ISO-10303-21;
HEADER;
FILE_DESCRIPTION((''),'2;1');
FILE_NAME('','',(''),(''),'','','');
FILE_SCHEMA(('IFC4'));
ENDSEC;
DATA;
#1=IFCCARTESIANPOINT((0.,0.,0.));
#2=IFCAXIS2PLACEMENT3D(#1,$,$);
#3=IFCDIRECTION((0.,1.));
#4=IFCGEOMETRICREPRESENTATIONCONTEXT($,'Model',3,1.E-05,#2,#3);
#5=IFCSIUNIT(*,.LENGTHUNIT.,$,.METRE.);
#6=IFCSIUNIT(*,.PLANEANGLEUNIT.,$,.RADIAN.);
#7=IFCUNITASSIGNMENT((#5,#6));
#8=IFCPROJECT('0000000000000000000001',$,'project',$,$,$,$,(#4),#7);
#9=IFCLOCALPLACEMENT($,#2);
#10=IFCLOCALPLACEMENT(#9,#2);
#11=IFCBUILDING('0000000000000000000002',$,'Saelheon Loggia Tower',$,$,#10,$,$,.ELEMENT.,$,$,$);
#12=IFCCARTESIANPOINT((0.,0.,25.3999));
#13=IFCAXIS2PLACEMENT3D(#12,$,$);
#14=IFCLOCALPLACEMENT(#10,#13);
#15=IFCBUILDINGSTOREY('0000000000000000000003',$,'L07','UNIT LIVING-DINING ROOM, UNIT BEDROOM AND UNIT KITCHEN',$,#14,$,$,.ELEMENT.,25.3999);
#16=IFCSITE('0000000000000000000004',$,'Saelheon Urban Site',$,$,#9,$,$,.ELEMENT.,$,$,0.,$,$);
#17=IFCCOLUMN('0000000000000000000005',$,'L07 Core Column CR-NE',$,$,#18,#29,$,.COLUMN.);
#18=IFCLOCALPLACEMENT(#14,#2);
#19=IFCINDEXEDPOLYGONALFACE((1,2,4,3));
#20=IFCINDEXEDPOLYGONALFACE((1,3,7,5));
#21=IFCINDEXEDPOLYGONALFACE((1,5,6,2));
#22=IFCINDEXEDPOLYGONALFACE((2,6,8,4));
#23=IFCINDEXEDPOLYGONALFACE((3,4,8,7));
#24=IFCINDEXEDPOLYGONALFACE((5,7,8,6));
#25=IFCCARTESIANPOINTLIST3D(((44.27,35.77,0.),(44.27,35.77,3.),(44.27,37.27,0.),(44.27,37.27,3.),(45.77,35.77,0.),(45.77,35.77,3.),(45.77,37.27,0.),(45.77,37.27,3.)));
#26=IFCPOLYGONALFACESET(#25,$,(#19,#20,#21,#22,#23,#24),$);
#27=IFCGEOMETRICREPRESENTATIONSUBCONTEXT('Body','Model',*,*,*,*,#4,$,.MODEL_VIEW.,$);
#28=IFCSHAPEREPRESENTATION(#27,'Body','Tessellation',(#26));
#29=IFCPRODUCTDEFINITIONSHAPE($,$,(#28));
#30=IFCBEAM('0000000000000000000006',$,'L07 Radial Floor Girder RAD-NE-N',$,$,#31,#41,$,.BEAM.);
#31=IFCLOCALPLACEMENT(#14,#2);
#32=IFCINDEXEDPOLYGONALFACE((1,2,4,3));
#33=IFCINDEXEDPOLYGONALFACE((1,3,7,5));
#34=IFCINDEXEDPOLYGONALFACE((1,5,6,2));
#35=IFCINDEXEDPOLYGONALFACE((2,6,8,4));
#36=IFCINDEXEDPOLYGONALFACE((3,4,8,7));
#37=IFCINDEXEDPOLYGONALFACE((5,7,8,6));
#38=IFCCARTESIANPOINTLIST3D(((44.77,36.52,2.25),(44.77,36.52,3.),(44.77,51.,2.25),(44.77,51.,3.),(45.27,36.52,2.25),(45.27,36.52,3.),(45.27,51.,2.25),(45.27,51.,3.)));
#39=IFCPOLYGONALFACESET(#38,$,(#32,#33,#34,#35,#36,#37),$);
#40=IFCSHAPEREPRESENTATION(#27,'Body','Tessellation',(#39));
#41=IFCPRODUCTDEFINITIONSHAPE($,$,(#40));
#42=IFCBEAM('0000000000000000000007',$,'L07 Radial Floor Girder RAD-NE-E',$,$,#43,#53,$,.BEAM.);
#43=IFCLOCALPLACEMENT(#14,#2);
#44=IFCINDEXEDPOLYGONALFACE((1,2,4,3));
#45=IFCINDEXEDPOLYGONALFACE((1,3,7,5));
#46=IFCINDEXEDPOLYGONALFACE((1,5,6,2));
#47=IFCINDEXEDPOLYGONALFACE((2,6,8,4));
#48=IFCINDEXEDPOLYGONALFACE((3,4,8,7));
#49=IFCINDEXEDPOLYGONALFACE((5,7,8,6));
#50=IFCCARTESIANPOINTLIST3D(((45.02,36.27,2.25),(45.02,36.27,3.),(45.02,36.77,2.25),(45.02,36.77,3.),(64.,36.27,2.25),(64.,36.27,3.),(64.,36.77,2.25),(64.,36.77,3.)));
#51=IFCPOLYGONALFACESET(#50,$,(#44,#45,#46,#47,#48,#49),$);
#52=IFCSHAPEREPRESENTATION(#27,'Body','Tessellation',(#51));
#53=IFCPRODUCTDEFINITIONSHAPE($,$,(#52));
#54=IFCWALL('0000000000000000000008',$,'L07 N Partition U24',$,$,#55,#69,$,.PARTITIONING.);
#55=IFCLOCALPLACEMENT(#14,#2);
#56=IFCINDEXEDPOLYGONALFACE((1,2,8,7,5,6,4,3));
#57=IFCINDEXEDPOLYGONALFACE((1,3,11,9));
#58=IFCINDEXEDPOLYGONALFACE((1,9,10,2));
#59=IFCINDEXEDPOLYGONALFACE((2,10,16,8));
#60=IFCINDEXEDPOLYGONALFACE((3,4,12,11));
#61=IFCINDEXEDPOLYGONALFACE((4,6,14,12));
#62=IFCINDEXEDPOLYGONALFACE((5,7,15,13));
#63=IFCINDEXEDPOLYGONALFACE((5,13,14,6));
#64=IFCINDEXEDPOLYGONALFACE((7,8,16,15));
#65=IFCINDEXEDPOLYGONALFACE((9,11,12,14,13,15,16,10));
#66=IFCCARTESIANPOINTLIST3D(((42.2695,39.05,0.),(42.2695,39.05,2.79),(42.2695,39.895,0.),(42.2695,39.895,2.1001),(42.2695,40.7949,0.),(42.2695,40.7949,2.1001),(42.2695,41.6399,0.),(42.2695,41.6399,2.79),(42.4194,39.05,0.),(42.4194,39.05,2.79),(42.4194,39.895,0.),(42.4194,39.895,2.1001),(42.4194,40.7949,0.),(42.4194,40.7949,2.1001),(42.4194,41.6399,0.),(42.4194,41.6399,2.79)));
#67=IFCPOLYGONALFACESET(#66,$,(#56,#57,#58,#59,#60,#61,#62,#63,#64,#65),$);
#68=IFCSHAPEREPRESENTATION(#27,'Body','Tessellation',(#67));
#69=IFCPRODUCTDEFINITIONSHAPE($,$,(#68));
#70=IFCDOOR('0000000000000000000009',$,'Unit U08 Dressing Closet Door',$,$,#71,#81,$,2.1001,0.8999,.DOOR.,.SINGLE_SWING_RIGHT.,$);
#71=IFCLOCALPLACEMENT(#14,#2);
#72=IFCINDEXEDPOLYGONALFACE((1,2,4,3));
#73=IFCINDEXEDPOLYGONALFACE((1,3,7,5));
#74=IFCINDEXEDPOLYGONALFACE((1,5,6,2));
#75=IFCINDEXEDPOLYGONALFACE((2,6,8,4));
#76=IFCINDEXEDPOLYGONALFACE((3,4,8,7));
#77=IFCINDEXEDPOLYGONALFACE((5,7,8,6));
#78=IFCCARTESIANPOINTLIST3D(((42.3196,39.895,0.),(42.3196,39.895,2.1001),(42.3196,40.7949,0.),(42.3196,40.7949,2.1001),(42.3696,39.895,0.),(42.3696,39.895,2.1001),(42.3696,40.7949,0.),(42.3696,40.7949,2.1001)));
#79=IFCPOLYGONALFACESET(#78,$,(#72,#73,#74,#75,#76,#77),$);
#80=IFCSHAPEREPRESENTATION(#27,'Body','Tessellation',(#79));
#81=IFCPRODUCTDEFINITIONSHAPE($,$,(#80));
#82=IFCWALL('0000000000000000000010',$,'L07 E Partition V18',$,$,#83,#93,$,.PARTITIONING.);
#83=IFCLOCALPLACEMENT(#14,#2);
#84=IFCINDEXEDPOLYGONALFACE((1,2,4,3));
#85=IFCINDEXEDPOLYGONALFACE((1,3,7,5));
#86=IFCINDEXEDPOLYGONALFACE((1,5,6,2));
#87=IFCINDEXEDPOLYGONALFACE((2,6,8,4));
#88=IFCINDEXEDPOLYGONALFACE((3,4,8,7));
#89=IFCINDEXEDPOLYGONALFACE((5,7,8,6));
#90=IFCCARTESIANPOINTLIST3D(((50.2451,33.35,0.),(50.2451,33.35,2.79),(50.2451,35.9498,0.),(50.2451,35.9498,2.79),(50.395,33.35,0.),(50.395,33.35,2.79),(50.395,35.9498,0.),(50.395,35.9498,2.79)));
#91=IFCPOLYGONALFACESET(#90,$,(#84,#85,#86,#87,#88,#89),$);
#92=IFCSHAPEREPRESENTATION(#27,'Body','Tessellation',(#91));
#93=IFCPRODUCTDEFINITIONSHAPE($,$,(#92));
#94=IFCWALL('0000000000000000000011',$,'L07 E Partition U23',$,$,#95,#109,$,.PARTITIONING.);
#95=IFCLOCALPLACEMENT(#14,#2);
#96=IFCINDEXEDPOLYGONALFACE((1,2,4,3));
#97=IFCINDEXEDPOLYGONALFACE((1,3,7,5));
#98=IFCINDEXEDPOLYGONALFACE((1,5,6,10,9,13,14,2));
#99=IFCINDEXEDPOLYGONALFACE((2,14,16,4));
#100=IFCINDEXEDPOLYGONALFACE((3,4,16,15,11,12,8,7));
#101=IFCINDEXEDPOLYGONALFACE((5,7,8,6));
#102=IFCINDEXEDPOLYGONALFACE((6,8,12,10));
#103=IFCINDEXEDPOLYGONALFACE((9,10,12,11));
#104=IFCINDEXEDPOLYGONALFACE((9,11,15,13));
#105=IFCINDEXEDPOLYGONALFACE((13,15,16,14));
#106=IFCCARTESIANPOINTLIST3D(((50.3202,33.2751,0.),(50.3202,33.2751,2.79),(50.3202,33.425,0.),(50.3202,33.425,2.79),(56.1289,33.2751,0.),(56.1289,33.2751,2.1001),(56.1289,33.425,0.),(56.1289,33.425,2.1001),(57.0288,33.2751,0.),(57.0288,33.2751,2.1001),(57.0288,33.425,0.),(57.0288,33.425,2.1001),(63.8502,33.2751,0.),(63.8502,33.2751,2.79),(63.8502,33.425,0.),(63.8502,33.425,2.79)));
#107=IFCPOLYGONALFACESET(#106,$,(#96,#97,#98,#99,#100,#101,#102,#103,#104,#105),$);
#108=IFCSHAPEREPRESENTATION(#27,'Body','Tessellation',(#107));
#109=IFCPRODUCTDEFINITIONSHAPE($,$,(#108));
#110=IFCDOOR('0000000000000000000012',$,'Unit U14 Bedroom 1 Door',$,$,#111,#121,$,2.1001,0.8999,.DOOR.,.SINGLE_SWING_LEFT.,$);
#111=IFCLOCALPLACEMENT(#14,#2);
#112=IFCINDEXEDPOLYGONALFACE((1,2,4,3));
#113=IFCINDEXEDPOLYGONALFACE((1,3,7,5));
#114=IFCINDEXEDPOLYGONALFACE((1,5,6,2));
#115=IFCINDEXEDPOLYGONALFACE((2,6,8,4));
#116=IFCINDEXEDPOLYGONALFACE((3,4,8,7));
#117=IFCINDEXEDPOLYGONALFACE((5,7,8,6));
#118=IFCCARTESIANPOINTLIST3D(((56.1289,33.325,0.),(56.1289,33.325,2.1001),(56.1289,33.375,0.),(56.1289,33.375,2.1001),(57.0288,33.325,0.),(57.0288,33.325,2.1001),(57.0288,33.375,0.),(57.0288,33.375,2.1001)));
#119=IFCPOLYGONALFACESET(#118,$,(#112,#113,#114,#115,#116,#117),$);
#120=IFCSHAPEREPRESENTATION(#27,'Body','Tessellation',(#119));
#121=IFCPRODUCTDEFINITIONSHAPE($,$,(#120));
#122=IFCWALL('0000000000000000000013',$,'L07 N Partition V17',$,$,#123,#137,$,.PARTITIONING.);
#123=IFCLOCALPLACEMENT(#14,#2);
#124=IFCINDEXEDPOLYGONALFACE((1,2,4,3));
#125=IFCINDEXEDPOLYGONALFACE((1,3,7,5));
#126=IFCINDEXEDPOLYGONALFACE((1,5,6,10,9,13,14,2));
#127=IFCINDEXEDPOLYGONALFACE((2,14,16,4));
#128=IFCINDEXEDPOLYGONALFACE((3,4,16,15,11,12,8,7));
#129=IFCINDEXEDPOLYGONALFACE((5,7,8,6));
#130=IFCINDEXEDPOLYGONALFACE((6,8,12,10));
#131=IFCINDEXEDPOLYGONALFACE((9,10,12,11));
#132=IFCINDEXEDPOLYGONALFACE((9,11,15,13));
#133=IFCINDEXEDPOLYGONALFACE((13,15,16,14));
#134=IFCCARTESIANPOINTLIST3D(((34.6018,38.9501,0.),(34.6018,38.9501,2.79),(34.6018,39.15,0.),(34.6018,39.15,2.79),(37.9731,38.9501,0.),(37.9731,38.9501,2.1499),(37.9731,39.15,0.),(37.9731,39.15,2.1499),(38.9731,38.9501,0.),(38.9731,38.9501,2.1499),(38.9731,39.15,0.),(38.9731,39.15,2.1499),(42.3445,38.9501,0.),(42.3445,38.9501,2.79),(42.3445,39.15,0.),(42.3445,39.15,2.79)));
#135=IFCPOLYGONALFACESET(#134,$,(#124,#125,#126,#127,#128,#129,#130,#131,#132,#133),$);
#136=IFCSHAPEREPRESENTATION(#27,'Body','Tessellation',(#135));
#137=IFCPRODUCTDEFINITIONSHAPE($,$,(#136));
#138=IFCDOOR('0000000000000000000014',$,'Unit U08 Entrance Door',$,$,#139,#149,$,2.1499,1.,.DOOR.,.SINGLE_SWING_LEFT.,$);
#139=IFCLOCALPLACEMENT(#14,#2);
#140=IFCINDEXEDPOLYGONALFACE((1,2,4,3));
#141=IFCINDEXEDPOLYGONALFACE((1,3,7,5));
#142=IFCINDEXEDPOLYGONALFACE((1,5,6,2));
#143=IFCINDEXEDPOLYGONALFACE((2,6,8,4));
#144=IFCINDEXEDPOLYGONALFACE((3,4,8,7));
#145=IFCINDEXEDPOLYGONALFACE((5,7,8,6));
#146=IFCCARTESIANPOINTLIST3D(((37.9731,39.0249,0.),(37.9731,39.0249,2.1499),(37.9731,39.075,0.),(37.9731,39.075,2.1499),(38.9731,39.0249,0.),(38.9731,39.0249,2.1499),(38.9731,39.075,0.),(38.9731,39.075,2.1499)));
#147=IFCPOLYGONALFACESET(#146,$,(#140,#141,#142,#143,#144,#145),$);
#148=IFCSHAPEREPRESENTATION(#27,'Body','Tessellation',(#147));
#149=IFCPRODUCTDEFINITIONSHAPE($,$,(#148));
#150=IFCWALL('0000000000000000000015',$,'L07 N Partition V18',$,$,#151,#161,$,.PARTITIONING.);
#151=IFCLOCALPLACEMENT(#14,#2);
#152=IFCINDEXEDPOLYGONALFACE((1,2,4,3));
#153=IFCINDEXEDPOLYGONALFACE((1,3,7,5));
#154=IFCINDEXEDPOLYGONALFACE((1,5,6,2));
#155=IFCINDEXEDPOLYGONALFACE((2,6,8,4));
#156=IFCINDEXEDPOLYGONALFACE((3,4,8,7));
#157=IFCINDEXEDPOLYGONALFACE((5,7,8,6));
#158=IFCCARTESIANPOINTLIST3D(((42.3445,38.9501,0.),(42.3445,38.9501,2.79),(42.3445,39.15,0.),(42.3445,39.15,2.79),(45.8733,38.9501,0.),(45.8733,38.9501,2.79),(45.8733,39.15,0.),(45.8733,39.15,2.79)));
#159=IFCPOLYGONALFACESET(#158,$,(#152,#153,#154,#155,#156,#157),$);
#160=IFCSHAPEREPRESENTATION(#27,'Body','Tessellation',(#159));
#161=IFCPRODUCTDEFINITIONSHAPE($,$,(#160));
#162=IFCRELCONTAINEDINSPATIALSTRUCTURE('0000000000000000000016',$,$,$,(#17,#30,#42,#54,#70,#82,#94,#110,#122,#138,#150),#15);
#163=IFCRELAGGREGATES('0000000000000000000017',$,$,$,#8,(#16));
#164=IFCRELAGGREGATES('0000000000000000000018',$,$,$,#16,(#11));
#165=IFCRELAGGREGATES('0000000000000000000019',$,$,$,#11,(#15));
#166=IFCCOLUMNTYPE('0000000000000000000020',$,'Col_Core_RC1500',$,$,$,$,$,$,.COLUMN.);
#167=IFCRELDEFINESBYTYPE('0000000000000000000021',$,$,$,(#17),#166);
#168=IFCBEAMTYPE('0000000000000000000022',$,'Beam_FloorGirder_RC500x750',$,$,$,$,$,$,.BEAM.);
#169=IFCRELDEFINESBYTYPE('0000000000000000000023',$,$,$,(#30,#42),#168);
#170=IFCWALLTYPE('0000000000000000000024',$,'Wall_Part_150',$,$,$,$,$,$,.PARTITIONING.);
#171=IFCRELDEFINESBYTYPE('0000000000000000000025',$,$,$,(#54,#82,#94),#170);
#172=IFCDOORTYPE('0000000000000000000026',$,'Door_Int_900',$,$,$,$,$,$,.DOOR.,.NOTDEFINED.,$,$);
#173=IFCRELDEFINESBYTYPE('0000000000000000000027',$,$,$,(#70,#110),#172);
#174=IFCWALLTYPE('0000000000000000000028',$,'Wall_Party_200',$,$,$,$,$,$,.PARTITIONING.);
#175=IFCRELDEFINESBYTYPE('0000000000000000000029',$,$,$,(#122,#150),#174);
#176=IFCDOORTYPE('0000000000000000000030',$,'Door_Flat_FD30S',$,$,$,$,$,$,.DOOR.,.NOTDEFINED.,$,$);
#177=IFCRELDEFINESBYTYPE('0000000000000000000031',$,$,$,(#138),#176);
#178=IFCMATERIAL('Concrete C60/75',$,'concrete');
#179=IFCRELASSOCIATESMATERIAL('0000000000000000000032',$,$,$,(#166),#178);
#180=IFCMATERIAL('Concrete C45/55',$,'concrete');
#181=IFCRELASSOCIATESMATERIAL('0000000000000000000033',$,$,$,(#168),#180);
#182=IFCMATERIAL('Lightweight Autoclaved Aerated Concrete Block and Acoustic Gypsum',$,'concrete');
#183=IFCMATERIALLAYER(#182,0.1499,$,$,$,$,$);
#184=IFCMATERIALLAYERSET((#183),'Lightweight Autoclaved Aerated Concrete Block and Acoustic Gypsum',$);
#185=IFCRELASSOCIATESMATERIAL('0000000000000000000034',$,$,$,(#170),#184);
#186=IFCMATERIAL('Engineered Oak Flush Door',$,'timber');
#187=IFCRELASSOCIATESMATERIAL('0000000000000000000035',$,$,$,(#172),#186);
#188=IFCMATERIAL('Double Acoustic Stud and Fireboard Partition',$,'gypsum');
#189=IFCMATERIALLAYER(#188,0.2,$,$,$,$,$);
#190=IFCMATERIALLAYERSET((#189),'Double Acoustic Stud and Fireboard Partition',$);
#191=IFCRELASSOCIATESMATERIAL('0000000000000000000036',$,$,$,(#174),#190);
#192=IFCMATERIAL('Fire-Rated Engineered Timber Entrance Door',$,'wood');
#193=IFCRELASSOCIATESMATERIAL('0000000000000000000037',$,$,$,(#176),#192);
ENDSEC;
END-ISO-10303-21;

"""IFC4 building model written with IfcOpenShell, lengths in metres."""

from ifc_helpers import new_model, si_unit, direction, frame, frame_2d, origin, origin_2d, place, context, subcontext, project, spatial, rectangle, extrude, source, transform, mapped, material, layer, layer_set, material_profile, profile_set, type_object, element, fill, save


model = new_model("IFC4")

# Units and contexts
model_context = context("Model", 3, precision=1e-05, world=origin(), true_north=direction((0.0, 1.0)))
body_context = subcontext(model_context, "Body", "Model", "MODEL_VIEW")
ifc_project = project(units=[si_unit("LENGTHUNIT", "METRE"), si_unit("PLANEANGLEUNIT", "RADIAN")], contexts=[model_context])

# Site, building, storey
site_placement = place(None, origin())
site = spatial("IfcSite", under=ifc_project, at=site_placement, Name="Saelheon Urban Site", CompositionType="ELEMENT", RefElevation=0.0)
building_placement = place(site_placement, origin())
building = spatial("IfcBuilding", under=site, at=building_placement, Name="Saelheon Loggia Tower", CompositionType="ELEMENT")
storey_placement = place(building_placement, frame((0.0, 0.0, 25.3999)))
storey = spatial("IfcBuildingStorey", under=building, at=storey_placement, Name="L07", Description="UNIT LIVING-DINING ROOM, UNIT BEDROOM AND UNIT KITCHEN", CompositionType="ELEMENT", Elevation=25.3999)

# Column
ifc_material_1 = material(Name="Concrete C60/75", Category="concrete")
ifc_material_profile_1 = material_profile(ifc_material_1, rectangle(XDim=1.5, YDim=1.5, at=origin_2d()), Name="RC-1500x1500")
ifc_profile_set_1 = profile_set([ifc_material_profile_1], Name="Concrete C60/75")
column_type = type_object("IfcColumnType", Name="Col_Core_RC1500", PredefinedType="COLUMN", material=ifc_profile_set_1)
shared_shape_1 = source(origin(), body_context, "Body", "SweptSolid", [
    extrude(rectangle(XDim=1.5, YDim=1.5, at=origin_2d()), origin(), (0.0, 0.0, 1.0), 3.0),
])
column_placement = place(storey_placement, frame((45.02, 36.52, 0.0), z_axis=(0.0, 0.0, 1.0), x_axis=(1.0, 0.0, 0.0)))
element("IfcColumn", 1, at=column_placement, inside=storey, type_object=column_type, Name="L07 Core Column CR-NE", PredefinedType="COLUMN", context=body_context, shape_type="MappedRepresentation", body=[
    mapped(shared_shape_1, transform((0.0, 0.0, 0.0), scale=1.0)),
])

# Beams
ifc_material_2 = material(Name="Concrete C45/55", Category="concrete")
ifc_material_profile_2 = material_profile(ifc_material_2, rectangle(XDim=0.5, YDim=0.75, at=origin_2d()), Name="RC-500x750")
ifc_profile_set_2 = profile_set([ifc_material_profile_2], Name="Concrete C45/55")
beam_type = type_object("IfcBeamType", Name="Beam_FloorGirder_RC500x750", PredefinedType="BEAM", material=ifc_profile_set_2)
shared_shape_2 = source(origin(), body_context, "Body", "SweptSolid", [
    extrude(rectangle(XDim=0.5, YDim=0.75, at=origin_2d()), origin(), (0.0, 0.0, 1.0), 14.48),
])
beam_1_placement = place(storey_placement, frame((45.02, 36.52, 2.625), z_axis=(0.0, 1.0, 0.0), x_axis=(-1.0, 0.0, 0.0)))
element("IfcBeam", 2, at=beam_1_placement, inside=storey, type_object=beam_type, Name="L07 Radial Floor Girder RAD-NE-N", PredefinedType="BEAM", context=body_context, shape_type="MappedRepresentation", body=[
    mapped(shared_shape_2, transform((0.0, 0.0, 0.0), scale=1.0)),
])
shared_shape_3 = source(origin(), body_context, "Body", "SweptSolid", [
    extrude(rectangle(XDim=0.5, YDim=0.75, at=origin_2d()), origin(), (0.0, 0.0, 1.0), 18.98),
])
beam_2_placement = place(storey_placement, frame((45.02, 36.52, 2.625), z_axis=(1.0, 0.0, 0.0), x_axis=(0.0, 1.0, 0.0)))
element("IfcBeam", 3, at=beam_2_placement, inside=storey, type_object=beam_type, Name="L07 Radial Floor Girder RAD-NE-E", PredefinedType="BEAM", context=body_context, shape_type="MappedRepresentation", body=[
    mapped(shared_shape_3, transform((0.0, 0.0, 0.0), scale=1.0)),
])

# Wall, opening, door
ifc_material_3 = material(Name="Lightweight Autoclaved Aerated Concrete Block and Acoustic Gypsum", Category="concrete")
ifc_layer_1 = layer(ifc_material_3, 0.1499)
ifc_layer_set_1 = layer_set([ifc_layer_1], Name="Lightweight Autoclaved Aerated Concrete Block and Acoustic Gypsum")
wall_type_1 = type_object("IfcWallType", Name="Wall_Part_150", PredefinedType="PARTITIONING", material=ifc_layer_set_1)
wall_1_placement = place(storey_placement, frame((42.3445, 39.05, 0.0), z_axis=(0.0, 0.0, 1.0), x_axis=(0.0, 1.0, 0.0)))
wall_1 = element("IfcWall", 4, at=wall_1_placement, inside=storey, type_object=wall_type_1, Name="L07 N Partition U24", PredefinedType="PARTITIONING", context=body_context, shape_type="SweptSolid", body=[
    extrude(rectangle(XDim=2.5898, YDim=0.1499, at=frame_2d((1.2949, 0.0))), origin(), (0.0, 0.0, 1.0), 2.79),
])
opening_1_placement = place(wall_1_placement, frame((0.845, 0.0, 0.0)))
opening_1 = element("IfcOpeningElement", 5, at=opening_1_placement, cuts=wall_1, PredefinedType="OPENING", context=body_context, shape_type="SweptSolid", body=[
    extrude(rectangle(XDim=0.8999, YDim=2.1001, at=frame_2d((0.45, 1.05))), frame((0.0, 0.0869, 0.0), z_axis=(0.0, -1.0, 0.0), x_axis=(1.0, 0.0, 0.0)), (0.0, 0.0, 1.0), 0.1738),
])
ifc_material_4 = material(Name="Engineered Oak Flush Door", Category="timber")
door_type_1 = type_object("IfcDoorType", Name="Door_Int_900", OperationType="NOTDEFINED", PredefinedType="DOOR", material=ifc_material_4)
shared_shape_4 = source(origin(), body_context, "Body", "SweptSolid", [
    extrude(rectangle(XDim=0.8999, YDim=2.1001, at=frame_2d((0.45, 1.05))), frame((0.0, 0.0249, 0.0), z_axis=(0.0, -1.0, 0.0), x_axis=(1.0, 0.0, 0.0)), (0.0, 0.0, 1.0), 0.05),
])
door_1_placement = place(opening_1_placement, origin())
door_1 = element("IfcDoor", 6, at=door_1_placement, inside=storey, type_object=door_type_1, Name="Unit U08 Dressing Closet Door", OperationType="SINGLE_SWING_RIGHT", OverallHeight=2.1001, OverallWidth=0.8999, PredefinedType="DOOR", context=body_context, shape_type="MappedRepresentation", body=[
    mapped(shared_shape_4, transform((0.0, 0.0, 0.0), scale=1.0)),
])
fill(opening_1, door_1)

# Wall
wall_2_placement = place(storey_placement, frame((50.3201, 33.3501, 0.0), z_axis=(0.0, 0.0, 1.0), x_axis=(0.0, 1.0, 0.0)))
element("IfcWall", 7, at=wall_2_placement, inside=storey, type_object=wall_type_1, Name="L07 E Partition V18", PredefinedType="PARTITIONING", context=body_context, shape_type="SweptSolid", body=[
    extrude(rectangle(XDim=2.5999, YDim=0.1499, at=frame_2d((1.2998, 0.0))), origin(), (0.0, 0.0, 1.0), 2.79),
])

# Walls, openings, doors
wall_3_placement = place(storey_placement, frame((50.3201, 33.3501, 0.0), z_axis=(0.0, 0.0, 1.0), x_axis=(1.0, 0.0, 0.0)))
wall_3 = element("IfcWall", 8, at=wall_3_placement, inside=storey, type_object=wall_type_1, Name="L07 E Partition U23", PredefinedType="PARTITIONING", context=body_context, shape_type="SweptSolid", body=[
    extrude(rectangle(XDim=13.53, YDim=0.1499, at=frame_2d((6.7651, 0.0))), origin(), (0.0, 0.0, 1.0), 2.79),
])
opening_2_placement = place(wall_3_placement, frame((5.8088, 0.0, 0.0)))
opening_2 = element("IfcOpeningElement", 9, at=opening_2_placement, cuts=wall_3, PredefinedType="OPENING", context=body_context, shape_type="SweptSolid", body=[
    extrude(rectangle(XDim=0.8999, YDim=2.1001, at=frame_2d((0.45, 1.05))), frame((0.0, 0.0869, 0.0), z_axis=(0.0, -1.0, 0.0), x_axis=(1.0, 0.0, 0.0)), (0.0, 0.0, 1.0), 0.1738),
])
door_2_placement = place(opening_2_placement, origin())
door_2 = element("IfcDoor", 10, at=door_2_placement, inside=storey, type_object=door_type_1, Name="Unit U14 Bedroom 1 Door", OperationType="SINGLE_SWING_LEFT", OverallHeight=2.1001, OverallWidth=0.8999, PredefinedType="DOOR", context=body_context, shape_type="MappedRepresentation", body=[
    mapped(shared_shape_4, transform((0.0, 0.0, 0.0), scale=1.0)),
])
fill(opening_2, door_2)
ifc_material_5 = material(Name="Double Acoustic Stud and Fireboard Partition", Category="gypsum")
ifc_layer_2 = layer(ifc_material_5, 0.2)
ifc_layer_set_2 = layer_set([ifc_layer_2], Name="Double Acoustic Stud and Fireboard Partition")
wall_type_2 = type_object("IfcWallType", Name="Wall_Party_200", PredefinedType="PARTITIONING", material=ifc_layer_set_2)
wall_4_placement = place(storey_placement, frame((34.6018, 39.05, 0.0), z_axis=(0.0, 0.0, 1.0), x_axis=(1.0, 0.0, 0.0)))
wall_4 = element("IfcWall", 11, at=wall_4_placement, inside=storey, type_object=wall_type_2, Name="L07 N Partition V17", PredefinedType="PARTITIONING", context=body_context, shape_type="SweptSolid", body=[
    extrude(rectangle(XDim=7.7427, YDim=0.2, at=frame_2d((3.8713, 0.0))), origin(), (0.0, 0.0, 1.0), 2.79),
])
opening_3_placement = place(wall_4_placement, frame((3.3713, 0.0, 0.0)))
opening_3 = element("IfcOpeningElement", 12, at=opening_3_placement, cuts=wall_4, PredefinedType="OPENING", context=body_context, shape_type="SweptSolid", body=[
    extrude(rectangle(XDim=1.0, YDim=2.1499, at=frame_2d((0.5, 1.075))), frame((0.0, 0.1121, 0.0), z_axis=(0.0, -1.0, 0.0), x_axis=(1.0, 0.0, 0.0)), (0.0, 0.0, 1.0), 0.2239),
])
ifc_material_6 = material(Name="Fire-Rated Engineered Timber Entrance Door", Category="wood")
door_type_2 = type_object("IfcDoorType", Name="Door_Flat_FD30S", OperationType="NOTDEFINED", PredefinedType="DOOR", material=ifc_material_6)
shared_shape_5 = source(origin(), body_context, "Body", "SweptSolid", [
    extrude(rectangle(XDim=1.0, YDim=2.1499, at=frame_2d((0.5, 1.075))), frame((0.0, 0.0249, 0.0), z_axis=(0.0, -1.0, 0.0), x_axis=(1.0, 0.0, 0.0)), (0.0, 0.0, 1.0), 0.05),
])
door_3_placement = place(opening_3_placement, origin())
door_3 = element("IfcDoor", 13, at=door_3_placement, inside=storey, type_object=door_type_2, Name="Unit U08 Entrance Door", OperationType="SINGLE_SWING_LEFT", OverallHeight=2.1499, OverallWidth=1.0, PredefinedType="DOOR", context=body_context, shape_type="MappedRepresentation", body=[
    mapped(shared_shape_5, transform((0.0, 0.0, 0.0), scale=1.0)),
])
fill(opening_3, door_3)

# Wall
wall_5_placement = place(storey_placement, frame((42.3445, 39.05, 0.0), z_axis=(0.0, 0.0, 1.0), x_axis=(1.0, 0.0, 0.0)))
element("IfcWall", 14, at=wall_5_placement, inside=storey, type_object=wall_type_2, Name="L07 N Partition V18", PredefinedType="PARTITIONING", context=body_context, shape_type="SweptSolid", body=[
    extrude(rectangle(XDim=3.5288, YDim=0.2, at=frame_2d((1.7644, 0.0))), origin(), (0.0, 0.0, 1.0), 2.79),
])

save(model, "model.ifc")
